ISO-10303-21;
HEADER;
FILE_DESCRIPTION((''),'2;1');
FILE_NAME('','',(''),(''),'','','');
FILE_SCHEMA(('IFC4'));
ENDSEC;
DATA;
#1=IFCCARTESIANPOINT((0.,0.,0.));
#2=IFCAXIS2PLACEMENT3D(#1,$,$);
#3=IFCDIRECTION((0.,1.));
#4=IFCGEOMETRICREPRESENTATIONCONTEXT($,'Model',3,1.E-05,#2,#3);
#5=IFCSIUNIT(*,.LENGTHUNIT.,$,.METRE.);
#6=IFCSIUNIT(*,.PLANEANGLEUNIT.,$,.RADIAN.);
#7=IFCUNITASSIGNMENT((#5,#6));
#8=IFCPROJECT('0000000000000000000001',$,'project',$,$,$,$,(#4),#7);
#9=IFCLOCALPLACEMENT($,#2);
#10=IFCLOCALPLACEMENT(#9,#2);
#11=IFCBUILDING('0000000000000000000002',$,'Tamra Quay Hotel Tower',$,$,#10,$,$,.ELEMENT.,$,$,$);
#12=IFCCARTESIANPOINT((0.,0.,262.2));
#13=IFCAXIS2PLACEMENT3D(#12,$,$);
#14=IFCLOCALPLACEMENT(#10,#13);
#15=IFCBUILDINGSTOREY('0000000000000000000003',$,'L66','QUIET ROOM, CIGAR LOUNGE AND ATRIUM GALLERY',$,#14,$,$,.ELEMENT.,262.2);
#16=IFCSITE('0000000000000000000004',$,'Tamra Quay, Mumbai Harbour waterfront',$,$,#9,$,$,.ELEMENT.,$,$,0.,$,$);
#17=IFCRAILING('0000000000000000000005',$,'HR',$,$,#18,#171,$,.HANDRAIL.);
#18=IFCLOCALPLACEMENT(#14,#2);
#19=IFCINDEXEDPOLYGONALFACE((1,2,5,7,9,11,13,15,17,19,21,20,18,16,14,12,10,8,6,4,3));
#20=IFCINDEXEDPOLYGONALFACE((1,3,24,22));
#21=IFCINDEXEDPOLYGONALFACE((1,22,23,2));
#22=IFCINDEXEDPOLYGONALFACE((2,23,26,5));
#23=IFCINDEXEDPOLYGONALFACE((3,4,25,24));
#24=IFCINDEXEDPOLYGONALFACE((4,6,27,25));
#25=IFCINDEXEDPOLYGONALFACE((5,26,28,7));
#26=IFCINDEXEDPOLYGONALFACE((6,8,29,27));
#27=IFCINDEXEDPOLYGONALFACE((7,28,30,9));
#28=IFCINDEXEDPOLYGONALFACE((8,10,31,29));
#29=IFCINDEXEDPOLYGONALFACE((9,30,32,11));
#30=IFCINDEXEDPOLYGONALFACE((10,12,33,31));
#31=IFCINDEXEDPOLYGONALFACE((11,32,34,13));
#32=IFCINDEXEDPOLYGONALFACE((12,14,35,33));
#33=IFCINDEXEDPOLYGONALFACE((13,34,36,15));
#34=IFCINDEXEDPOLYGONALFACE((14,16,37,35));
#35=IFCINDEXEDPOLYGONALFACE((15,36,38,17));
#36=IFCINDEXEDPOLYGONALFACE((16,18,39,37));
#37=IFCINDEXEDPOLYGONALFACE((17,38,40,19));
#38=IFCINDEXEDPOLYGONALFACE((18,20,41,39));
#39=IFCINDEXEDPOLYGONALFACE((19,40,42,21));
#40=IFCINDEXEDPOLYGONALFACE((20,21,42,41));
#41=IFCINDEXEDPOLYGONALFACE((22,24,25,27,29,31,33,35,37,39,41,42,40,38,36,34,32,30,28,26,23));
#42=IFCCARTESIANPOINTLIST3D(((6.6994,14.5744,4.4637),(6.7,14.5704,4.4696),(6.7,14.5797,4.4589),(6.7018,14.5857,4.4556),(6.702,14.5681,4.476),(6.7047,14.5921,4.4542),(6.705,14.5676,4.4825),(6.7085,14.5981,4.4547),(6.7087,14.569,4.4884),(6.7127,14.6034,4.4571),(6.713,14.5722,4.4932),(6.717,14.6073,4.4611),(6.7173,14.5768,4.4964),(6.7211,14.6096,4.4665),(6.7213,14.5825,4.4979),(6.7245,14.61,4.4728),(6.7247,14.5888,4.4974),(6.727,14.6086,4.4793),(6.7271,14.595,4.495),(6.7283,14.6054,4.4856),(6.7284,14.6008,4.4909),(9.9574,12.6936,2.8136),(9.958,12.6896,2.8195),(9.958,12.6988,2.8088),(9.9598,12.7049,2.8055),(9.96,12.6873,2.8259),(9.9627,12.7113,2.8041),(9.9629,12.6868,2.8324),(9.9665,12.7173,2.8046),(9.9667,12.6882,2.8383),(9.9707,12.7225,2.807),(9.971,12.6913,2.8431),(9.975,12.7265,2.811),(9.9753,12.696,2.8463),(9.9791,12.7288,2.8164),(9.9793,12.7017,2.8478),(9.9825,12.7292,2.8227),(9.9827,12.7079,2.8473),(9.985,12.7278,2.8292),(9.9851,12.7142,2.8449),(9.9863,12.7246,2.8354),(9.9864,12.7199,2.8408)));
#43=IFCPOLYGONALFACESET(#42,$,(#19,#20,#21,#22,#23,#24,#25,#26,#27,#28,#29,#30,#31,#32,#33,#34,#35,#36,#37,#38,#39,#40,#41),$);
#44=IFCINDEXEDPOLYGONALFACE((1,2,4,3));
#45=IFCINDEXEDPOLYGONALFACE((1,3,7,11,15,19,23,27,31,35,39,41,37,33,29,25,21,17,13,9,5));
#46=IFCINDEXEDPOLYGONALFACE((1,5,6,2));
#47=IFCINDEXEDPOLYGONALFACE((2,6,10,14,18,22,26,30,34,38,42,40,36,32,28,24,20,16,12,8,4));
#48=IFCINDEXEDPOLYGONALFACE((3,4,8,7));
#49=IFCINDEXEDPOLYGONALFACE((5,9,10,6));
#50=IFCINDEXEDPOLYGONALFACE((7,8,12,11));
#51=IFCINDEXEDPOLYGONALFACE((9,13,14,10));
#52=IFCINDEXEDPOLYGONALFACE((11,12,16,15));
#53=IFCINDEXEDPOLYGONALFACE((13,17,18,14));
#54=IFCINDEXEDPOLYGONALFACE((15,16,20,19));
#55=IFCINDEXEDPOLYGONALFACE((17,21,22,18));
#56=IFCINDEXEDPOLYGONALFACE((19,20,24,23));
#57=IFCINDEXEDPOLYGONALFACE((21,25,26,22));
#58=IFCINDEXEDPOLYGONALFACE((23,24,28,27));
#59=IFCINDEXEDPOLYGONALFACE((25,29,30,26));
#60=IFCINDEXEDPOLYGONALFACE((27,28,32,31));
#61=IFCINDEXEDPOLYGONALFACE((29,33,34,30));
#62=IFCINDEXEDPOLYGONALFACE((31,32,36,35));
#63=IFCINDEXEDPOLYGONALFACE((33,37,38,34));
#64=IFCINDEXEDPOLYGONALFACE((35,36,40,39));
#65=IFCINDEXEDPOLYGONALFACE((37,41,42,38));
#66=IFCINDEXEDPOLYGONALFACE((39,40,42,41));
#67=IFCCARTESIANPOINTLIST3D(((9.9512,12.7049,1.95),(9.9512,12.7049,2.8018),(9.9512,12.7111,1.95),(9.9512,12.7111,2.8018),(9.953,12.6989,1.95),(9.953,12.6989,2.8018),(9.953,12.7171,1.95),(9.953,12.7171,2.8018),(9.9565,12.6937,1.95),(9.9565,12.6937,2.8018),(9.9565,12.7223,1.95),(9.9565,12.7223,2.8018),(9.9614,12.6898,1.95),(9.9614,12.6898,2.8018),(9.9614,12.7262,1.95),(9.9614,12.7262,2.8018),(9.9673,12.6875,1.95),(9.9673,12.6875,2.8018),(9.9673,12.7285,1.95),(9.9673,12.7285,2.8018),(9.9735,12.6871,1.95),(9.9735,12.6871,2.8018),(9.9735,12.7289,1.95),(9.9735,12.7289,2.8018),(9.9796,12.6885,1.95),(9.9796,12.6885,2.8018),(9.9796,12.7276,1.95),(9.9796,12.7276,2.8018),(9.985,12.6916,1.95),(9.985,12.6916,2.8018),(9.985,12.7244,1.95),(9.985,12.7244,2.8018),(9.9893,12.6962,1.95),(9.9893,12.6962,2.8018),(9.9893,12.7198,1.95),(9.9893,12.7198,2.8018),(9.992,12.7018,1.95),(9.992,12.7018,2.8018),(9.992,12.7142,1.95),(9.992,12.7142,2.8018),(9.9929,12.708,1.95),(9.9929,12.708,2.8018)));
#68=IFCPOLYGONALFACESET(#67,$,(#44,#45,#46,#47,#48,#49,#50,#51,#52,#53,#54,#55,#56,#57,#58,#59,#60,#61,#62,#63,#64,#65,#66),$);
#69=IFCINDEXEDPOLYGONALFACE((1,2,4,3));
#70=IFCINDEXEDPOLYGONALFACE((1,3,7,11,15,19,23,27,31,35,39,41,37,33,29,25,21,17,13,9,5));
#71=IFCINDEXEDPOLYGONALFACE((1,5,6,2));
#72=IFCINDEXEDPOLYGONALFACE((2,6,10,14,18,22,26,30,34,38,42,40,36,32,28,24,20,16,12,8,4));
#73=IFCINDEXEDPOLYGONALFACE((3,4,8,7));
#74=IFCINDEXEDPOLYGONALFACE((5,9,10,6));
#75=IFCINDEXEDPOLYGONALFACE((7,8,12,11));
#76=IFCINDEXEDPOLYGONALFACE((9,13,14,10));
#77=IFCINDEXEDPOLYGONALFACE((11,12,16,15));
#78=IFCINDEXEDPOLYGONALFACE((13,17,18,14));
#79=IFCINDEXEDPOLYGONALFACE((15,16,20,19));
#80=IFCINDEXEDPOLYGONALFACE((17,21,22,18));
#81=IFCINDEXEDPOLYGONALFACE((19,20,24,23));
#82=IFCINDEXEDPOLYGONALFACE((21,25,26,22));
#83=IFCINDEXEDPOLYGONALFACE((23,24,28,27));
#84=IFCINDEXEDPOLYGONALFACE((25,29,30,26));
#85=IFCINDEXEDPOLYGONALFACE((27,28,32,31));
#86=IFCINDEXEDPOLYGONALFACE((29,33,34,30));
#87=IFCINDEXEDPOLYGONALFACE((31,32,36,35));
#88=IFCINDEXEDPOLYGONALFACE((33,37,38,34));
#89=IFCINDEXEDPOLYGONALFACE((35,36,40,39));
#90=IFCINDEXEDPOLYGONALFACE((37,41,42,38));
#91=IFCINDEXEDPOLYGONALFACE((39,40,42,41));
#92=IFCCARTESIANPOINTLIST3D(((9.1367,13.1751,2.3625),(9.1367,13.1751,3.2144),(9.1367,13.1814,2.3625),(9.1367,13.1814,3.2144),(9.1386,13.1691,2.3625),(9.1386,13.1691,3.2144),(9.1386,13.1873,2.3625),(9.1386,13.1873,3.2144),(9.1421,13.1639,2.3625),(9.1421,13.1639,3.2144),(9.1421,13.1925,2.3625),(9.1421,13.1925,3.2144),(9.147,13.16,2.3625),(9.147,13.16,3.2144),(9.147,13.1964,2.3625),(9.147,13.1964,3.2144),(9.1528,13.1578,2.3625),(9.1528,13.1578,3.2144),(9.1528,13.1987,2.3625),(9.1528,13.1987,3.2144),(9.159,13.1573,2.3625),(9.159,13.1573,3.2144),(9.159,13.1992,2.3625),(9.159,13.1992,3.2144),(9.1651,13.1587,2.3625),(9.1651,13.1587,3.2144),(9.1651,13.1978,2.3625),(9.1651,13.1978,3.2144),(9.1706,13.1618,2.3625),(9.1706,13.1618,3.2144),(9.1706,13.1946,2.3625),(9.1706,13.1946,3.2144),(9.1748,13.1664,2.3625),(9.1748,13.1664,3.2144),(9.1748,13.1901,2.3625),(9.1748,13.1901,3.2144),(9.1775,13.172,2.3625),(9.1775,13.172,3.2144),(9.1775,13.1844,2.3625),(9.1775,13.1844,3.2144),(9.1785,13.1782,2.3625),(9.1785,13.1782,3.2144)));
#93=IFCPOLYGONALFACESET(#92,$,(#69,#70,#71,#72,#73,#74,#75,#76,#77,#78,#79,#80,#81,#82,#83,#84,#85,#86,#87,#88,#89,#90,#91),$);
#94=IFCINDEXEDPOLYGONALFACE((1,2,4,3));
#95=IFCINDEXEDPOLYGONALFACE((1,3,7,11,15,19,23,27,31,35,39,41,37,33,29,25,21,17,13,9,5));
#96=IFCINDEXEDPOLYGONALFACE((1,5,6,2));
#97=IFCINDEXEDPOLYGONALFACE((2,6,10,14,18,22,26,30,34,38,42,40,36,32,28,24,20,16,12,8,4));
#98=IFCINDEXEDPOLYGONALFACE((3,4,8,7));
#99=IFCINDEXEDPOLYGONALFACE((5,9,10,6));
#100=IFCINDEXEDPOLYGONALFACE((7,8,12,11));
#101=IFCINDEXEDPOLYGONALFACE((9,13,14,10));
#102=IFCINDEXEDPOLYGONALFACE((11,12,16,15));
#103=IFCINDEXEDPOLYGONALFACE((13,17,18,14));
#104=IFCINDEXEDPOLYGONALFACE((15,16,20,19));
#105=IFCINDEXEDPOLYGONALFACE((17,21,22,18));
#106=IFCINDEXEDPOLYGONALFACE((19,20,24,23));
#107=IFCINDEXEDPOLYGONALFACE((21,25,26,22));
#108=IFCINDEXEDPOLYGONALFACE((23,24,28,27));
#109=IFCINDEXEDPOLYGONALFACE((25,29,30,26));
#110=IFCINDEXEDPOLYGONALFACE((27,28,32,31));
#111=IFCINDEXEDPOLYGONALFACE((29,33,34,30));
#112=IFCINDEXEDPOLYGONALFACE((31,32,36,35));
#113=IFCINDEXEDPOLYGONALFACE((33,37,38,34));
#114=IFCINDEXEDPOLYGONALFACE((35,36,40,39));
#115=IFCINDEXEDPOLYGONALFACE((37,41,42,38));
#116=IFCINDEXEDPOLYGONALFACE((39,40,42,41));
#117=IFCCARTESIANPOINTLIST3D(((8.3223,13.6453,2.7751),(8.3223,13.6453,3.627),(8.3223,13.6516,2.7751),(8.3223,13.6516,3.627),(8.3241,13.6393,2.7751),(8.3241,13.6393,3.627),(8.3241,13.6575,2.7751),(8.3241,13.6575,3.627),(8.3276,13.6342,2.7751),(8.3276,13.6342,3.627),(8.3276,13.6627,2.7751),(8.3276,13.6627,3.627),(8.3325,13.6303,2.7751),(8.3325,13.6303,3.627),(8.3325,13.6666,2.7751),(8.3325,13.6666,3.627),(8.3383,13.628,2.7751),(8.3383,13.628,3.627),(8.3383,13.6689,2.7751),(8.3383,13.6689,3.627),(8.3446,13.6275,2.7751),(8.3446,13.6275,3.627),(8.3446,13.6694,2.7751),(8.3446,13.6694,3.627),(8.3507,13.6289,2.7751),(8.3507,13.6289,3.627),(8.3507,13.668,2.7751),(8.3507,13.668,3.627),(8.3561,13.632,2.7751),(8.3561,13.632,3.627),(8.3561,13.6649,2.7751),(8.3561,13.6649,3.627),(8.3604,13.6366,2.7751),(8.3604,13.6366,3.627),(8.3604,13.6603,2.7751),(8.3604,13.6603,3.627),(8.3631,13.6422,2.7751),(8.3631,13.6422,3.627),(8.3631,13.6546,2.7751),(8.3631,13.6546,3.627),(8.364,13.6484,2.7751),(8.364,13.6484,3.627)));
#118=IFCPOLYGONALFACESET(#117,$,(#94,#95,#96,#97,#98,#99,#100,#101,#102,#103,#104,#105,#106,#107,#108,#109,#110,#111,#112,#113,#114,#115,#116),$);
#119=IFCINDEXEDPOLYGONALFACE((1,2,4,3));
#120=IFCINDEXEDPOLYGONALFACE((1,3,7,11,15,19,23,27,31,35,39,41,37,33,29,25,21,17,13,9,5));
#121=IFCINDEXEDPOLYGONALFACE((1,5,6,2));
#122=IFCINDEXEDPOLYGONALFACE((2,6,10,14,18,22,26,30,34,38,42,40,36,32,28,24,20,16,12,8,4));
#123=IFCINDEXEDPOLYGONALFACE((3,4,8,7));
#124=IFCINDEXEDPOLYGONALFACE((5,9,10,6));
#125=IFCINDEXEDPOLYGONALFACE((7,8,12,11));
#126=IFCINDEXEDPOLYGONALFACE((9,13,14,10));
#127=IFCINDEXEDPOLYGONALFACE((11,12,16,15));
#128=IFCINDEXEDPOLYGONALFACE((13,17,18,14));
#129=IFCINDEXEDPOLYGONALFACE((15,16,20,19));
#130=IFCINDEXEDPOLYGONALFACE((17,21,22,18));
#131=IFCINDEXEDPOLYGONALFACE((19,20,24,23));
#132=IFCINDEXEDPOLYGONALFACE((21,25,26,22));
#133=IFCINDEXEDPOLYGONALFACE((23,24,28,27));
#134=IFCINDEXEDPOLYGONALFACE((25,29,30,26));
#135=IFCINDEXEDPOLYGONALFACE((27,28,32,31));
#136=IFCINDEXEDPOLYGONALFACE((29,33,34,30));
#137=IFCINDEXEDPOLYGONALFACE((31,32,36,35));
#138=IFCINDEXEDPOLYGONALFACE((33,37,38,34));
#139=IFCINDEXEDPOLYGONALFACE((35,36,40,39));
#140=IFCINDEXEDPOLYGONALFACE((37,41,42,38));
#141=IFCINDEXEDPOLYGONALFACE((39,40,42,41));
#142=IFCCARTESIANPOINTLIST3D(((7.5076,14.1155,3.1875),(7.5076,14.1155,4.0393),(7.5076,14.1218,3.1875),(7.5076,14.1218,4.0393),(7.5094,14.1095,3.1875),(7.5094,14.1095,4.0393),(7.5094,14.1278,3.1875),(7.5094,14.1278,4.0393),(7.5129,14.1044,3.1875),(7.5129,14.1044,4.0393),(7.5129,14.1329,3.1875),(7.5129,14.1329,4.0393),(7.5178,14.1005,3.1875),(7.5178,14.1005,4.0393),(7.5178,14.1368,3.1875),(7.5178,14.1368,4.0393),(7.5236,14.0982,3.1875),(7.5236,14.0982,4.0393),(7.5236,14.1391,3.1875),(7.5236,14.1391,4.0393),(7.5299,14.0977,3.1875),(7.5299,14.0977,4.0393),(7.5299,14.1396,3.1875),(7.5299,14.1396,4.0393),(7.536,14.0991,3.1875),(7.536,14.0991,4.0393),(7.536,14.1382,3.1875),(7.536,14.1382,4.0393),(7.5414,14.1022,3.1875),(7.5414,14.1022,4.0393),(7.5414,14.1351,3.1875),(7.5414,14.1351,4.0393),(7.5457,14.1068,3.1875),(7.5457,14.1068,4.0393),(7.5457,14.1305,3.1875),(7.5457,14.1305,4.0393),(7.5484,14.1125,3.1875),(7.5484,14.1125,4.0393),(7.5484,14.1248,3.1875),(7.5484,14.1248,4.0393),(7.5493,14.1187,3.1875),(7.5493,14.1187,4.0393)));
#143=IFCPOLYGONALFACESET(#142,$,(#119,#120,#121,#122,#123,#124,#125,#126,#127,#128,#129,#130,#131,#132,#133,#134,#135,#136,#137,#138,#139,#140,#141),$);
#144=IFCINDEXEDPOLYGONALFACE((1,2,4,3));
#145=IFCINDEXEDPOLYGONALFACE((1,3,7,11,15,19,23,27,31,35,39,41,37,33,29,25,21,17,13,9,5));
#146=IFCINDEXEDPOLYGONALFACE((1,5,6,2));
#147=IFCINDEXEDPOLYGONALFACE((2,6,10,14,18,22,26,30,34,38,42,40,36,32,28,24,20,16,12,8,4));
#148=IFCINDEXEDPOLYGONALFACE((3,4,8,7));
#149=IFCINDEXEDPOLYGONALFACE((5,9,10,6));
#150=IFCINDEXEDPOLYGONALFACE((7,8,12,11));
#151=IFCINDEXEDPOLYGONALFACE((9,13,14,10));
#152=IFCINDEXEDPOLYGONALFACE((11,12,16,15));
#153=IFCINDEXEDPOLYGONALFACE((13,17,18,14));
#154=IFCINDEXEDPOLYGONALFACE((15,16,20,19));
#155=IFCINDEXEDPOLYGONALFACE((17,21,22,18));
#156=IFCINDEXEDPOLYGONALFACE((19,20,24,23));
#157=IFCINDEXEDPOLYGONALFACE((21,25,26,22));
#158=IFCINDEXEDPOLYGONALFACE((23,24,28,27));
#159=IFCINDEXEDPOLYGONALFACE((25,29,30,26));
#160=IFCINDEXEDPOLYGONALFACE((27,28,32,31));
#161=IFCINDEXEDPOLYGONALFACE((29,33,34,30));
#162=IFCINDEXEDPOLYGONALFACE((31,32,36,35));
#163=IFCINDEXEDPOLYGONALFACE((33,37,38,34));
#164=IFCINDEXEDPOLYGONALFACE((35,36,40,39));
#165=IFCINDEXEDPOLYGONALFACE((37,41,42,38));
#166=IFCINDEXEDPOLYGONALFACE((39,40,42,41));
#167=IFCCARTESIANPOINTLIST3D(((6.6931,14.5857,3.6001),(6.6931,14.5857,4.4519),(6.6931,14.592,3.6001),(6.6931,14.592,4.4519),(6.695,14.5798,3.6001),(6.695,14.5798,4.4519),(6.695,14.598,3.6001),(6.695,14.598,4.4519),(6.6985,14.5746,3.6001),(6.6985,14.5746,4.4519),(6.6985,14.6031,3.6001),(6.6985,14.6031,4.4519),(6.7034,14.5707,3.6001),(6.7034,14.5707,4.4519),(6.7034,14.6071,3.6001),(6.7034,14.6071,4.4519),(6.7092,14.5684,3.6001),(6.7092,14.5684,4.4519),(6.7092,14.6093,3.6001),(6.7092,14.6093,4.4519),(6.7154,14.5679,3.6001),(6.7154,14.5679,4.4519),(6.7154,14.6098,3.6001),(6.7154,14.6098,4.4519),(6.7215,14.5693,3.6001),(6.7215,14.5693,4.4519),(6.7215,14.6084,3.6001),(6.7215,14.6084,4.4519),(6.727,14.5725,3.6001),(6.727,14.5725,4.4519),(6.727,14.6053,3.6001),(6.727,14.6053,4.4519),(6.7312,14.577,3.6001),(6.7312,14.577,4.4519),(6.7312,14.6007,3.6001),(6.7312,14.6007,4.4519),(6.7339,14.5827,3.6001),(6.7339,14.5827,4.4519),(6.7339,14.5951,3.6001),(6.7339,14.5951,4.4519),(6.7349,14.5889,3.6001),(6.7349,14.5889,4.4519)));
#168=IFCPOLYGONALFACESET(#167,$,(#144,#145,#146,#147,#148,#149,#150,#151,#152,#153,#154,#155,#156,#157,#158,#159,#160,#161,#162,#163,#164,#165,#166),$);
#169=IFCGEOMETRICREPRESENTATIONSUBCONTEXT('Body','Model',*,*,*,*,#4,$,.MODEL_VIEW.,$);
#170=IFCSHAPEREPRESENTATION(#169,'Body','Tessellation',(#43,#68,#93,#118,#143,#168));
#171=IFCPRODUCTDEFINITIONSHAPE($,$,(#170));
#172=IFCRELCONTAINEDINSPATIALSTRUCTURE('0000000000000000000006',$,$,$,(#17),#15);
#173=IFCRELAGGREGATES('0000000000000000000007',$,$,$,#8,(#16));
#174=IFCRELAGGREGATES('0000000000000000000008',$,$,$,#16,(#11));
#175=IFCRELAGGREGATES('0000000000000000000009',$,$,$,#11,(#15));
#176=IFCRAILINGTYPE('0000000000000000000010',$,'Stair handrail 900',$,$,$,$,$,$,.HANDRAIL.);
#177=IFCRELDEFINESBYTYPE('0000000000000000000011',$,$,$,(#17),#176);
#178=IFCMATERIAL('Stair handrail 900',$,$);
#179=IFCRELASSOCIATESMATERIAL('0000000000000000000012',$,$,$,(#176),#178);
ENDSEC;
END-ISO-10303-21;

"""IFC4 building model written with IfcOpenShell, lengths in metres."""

from ifc_helpers import new_model, si_unit, direction, frame, origin, origin_2d, place, context, subcontext, project, spatial, circle, extrude, material, type_object, element, save


model = new_model("IFC4")

# Units and contexts
model_context = context("Model", 3, precision=1e-05, world=origin(), true_north=direction((0.0, 1.0)))
body_context = subcontext(model_context, "Body", "Model", "MODEL_VIEW")
ifc_project = project(units=[si_unit("LENGTHUNIT", "METRE"), si_unit("PLANEANGLEUNIT", "RADIAN")], contexts=[model_context])

# Site, building, storey
site_placement = place(None, origin())
site = spatial("IfcSite", under=ifc_project, at=site_placement, Name="Tamra Quay, Mumbai Harbour waterfront", CompositionType="ELEMENT", RefElevation=0.0)
building_placement = place(site_placement, origin())
building = spatial("IfcBuilding", under=site, at=building_placement, Name="Tamra Quay Hotel Tower", CompositionType="ELEMENT")
storey_placement = place(building_placement, frame((0.0, 0.0, 262.2)))
storey = spatial("IfcBuildingStorey", under=building, at=storey_placement, Name="L66", Description="QUIET ROOM, CIGAR LOUNGE AND ATRIUM GALLERY", CompositionType="ELEMENT", Elevation=262.2)

# Railing
ifc_material_1 = material(Name="Stair handrail 900")
railing_type_1 = type_object("IfcRailingType", Name="Stair handrail 900", PredefinedType="HANDRAIL", material=ifc_material_1)
railing_1_placement = place(storey_placement, frame((9.9719, 12.708, 1.95)))
element("IfcRailing", 1, at=railing_1_placement, inside=storey, type_object=railing_type_1, Name="HR", PredefinedType="HANDRAIL", context=body_context, shape_type="SweptSolid", body=[
    extrude(circle(Radius=0.0239, at=origin_2d()), frame((0.0, 0.0, 0.876), z_axis=(-0.793103, 0.457854, 0.401692), x_axis=(-0.499964, -0.866046, 0.0)), (0.0, 0.0, 1.0), 4.1079),
    extrude(circle(Radius=0.021, at=origin_2d()), origin(), (0.0, 0.0, 1.0), 0.8518),
    extrude(circle(Radius=0.021, at=origin_2d()), frame((-0.8145, 0.4702, 0.4126)), (0.0, 0.0, 1.0), 0.8518),
    extrude(circle(Radius=0.021, at=origin_2d()), frame((-1.6289, 0.9404, 0.8252)), (0.0, 0.0, 1.0), 0.8518),
    extrude(circle(Radius=0.021, at=origin_2d()), frame((-2.4436, 1.4106, 1.2375)), (0.0, 0.0, 1.0), 0.8518),
    extrude(circle(Radius=0.021, at=origin_2d()), frame((-3.2581, 1.8809, 1.6501)), (0.0, 0.0, 1.0), 0.8518),
])

save(model, "model.ifc")
